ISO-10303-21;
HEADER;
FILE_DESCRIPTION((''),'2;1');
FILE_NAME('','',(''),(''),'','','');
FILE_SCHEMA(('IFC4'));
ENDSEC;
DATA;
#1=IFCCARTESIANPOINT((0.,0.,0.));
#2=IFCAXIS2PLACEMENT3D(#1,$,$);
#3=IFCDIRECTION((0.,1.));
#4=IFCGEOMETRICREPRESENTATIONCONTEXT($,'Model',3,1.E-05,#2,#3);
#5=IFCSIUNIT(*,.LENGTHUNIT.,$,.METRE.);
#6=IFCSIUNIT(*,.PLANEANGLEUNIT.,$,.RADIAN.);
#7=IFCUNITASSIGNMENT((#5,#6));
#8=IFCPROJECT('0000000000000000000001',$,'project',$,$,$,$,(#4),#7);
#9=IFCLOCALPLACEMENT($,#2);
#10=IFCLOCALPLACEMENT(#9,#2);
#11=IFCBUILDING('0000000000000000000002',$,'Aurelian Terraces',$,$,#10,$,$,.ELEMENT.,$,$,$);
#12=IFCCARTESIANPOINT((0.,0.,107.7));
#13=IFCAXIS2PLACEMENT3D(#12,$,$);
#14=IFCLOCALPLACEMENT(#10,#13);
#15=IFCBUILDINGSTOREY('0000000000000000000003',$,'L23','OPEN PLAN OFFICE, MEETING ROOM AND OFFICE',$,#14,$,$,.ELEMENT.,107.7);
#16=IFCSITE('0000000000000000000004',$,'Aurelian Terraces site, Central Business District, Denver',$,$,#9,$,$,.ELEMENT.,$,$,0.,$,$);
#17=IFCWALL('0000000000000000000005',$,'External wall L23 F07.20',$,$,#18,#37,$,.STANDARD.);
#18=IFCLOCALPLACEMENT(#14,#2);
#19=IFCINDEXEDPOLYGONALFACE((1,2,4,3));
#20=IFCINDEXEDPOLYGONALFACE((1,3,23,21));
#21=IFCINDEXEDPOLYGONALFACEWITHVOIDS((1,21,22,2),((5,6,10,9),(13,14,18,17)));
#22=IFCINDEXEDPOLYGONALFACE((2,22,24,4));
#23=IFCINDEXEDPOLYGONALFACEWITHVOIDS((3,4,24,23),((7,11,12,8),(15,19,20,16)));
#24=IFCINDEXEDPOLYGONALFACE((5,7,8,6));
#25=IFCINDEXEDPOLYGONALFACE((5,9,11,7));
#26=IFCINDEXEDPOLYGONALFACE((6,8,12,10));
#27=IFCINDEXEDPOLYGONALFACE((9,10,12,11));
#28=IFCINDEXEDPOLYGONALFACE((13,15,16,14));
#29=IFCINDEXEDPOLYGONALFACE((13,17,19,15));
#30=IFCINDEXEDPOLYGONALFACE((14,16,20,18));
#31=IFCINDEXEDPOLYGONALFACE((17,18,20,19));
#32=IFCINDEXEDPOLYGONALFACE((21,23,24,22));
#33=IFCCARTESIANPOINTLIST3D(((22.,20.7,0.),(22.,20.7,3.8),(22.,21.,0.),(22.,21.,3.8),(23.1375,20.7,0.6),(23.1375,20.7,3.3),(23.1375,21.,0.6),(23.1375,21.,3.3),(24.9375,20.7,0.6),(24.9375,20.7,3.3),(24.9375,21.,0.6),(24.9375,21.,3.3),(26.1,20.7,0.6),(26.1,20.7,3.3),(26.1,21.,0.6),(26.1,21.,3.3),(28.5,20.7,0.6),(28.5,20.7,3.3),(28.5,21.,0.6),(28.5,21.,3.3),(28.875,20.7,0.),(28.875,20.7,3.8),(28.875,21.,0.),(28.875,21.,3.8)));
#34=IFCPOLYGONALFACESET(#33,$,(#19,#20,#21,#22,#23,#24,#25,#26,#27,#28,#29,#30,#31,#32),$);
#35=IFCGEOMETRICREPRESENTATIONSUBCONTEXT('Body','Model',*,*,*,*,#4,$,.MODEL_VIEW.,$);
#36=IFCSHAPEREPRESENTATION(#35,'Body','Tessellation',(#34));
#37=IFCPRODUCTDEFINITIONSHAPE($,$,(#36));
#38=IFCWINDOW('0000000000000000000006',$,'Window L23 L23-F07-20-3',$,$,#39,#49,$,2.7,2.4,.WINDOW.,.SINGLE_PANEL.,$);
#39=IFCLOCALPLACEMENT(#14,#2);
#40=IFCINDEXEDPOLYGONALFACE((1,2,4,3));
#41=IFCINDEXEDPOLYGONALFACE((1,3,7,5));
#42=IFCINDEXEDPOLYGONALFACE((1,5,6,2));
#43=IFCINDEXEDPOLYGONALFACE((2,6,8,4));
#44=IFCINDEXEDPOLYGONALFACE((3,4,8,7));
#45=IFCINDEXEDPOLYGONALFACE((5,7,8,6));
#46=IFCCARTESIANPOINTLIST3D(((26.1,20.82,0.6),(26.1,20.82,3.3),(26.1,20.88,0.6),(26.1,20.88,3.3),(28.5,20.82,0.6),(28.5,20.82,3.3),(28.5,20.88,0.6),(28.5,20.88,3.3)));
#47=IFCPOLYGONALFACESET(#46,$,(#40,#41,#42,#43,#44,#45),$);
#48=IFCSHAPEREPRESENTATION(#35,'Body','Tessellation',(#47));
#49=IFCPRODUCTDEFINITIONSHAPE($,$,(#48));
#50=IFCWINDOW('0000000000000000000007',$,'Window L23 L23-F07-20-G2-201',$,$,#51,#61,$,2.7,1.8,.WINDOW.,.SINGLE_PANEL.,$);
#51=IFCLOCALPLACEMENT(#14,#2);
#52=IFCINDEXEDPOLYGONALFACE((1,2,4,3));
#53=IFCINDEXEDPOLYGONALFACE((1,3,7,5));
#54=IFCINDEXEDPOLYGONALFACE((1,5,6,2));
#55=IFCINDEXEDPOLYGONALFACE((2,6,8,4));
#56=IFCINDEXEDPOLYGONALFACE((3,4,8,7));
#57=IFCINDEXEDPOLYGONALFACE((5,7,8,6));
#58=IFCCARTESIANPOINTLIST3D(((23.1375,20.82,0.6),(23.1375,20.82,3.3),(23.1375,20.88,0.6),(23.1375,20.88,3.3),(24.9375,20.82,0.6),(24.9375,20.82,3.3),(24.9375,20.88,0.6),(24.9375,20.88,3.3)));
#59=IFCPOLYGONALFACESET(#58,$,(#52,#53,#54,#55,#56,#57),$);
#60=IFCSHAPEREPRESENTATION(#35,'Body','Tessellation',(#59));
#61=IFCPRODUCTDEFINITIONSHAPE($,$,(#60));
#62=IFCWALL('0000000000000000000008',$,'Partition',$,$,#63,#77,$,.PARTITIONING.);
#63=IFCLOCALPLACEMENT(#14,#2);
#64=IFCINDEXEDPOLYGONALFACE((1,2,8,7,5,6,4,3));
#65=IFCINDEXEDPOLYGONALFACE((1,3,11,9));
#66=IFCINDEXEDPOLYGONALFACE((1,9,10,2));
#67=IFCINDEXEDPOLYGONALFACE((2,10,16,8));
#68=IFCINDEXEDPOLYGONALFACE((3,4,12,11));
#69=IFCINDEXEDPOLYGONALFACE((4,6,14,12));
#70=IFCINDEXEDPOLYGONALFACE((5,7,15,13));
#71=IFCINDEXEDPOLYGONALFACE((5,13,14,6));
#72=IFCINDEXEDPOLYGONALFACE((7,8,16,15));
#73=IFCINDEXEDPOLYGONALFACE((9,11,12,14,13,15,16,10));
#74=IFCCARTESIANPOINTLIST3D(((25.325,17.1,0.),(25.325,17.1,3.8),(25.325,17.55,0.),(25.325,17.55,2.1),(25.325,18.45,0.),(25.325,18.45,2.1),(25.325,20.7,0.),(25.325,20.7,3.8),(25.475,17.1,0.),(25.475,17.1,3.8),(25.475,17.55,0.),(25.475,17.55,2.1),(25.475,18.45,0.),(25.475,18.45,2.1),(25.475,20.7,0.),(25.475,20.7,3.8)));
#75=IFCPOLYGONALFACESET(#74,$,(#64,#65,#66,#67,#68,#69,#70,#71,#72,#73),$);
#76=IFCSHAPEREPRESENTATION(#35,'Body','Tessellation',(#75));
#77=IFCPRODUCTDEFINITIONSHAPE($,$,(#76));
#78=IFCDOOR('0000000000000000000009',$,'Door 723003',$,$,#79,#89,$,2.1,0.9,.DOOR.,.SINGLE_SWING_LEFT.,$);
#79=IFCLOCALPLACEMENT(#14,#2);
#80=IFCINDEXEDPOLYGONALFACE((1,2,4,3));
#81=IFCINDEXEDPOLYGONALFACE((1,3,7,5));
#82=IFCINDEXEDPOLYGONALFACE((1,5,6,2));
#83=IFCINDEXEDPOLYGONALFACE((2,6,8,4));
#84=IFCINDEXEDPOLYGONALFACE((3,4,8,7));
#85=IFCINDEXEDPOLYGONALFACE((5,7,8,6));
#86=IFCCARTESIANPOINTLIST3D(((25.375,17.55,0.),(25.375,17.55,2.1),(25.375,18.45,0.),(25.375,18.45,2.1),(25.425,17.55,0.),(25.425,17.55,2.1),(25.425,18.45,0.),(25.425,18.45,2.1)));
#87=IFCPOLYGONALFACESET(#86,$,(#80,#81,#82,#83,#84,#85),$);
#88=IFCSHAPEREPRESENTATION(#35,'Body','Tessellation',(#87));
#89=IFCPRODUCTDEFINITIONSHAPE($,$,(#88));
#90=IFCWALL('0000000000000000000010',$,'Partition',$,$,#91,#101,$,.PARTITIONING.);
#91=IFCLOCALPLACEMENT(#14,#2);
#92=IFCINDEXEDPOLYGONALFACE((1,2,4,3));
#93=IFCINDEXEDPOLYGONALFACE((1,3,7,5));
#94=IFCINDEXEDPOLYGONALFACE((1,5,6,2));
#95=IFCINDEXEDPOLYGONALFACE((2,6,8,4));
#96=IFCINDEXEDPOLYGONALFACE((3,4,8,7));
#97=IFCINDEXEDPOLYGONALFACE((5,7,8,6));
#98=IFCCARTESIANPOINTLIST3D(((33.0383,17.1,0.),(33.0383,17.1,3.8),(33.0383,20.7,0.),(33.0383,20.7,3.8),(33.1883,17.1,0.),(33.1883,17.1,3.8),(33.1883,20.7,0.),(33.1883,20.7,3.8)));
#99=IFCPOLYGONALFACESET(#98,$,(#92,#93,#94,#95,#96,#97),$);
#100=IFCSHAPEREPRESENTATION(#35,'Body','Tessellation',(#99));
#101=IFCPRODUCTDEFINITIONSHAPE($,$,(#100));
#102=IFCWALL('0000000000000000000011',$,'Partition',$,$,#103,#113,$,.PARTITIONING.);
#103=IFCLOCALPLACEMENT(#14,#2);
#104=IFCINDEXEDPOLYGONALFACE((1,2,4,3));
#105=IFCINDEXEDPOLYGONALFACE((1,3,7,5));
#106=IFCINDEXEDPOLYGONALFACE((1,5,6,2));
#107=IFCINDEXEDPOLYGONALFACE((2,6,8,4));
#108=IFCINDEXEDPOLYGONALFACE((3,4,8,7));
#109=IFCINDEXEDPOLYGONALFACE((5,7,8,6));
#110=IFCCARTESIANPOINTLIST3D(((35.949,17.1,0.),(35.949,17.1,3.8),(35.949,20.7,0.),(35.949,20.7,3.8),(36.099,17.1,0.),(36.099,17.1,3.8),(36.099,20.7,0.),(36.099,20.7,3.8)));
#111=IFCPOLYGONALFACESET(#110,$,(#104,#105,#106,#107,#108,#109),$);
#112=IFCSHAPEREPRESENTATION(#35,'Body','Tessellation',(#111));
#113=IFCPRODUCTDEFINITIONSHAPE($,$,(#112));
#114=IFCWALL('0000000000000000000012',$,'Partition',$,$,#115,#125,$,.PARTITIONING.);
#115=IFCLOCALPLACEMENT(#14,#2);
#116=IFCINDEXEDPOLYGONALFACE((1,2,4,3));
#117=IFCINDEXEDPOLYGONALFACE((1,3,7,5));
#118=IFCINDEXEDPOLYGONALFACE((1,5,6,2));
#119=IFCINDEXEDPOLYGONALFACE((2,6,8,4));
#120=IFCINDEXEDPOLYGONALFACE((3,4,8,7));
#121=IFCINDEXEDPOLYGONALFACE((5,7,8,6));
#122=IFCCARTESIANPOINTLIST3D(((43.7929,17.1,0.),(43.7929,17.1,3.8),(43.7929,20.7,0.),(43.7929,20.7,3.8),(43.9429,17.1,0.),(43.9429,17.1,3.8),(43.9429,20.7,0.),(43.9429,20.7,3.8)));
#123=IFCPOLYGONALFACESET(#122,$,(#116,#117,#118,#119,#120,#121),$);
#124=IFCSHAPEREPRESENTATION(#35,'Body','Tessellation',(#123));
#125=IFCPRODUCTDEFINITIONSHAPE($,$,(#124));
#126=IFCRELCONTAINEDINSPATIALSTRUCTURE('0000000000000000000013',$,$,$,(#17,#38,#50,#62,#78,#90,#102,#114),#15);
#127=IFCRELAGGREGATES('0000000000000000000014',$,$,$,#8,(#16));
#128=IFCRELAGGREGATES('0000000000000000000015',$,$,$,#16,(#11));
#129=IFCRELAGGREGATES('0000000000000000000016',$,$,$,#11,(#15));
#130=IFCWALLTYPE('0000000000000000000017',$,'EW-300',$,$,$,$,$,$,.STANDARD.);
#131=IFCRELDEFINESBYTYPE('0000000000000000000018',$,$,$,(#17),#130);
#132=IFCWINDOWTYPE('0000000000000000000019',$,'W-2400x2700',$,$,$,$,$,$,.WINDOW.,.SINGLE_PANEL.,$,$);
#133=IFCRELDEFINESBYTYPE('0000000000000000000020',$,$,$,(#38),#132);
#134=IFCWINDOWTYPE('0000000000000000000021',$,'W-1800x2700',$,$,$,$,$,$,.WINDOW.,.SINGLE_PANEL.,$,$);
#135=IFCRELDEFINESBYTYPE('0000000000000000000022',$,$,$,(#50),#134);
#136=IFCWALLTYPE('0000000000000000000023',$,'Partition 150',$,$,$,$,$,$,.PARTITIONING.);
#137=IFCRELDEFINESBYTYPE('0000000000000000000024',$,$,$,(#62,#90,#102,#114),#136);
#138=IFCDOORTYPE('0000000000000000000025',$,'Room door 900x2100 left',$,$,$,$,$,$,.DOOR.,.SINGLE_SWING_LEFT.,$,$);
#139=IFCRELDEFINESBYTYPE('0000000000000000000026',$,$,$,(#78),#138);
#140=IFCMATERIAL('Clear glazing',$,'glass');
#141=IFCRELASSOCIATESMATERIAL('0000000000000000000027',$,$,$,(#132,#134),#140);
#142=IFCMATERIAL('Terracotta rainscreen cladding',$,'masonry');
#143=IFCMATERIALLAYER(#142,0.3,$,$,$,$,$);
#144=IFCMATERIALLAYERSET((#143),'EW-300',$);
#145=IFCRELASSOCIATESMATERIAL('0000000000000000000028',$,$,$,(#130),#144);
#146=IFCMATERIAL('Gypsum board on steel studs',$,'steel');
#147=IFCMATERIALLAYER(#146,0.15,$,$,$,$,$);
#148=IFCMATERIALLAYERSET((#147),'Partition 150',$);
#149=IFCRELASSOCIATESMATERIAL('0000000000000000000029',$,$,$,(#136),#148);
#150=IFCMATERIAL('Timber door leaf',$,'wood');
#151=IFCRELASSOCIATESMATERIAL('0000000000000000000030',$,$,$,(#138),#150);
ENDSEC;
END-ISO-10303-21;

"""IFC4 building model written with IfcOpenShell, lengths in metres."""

from ifc_helpers import new_model, si_unit, direction, frame, frame_2d, origin, place, context, subcontext, project, spatial, rectangle, extrude, source, transform, mapped, material, layer, layer_set, type_object, element, fill, save


model = new_model("IFC4")

# Units and contexts
model_context = context("Model", 3, precision=1e-05, world=origin(), true_north=direction((0.0, 1.0)))
body_context = subcontext(model_context, "Body", "Model", "MODEL_VIEW")
ifc_project = project(units=[si_unit("LENGTHUNIT", "METRE"), si_unit("PLANEANGLEUNIT", "RADIAN")], contexts=[model_context])

# Site, building, storey
site_placement = place(None, origin())
site = spatial("IfcSite", under=ifc_project, at=site_placement, Name="Aurelian Terraces site, Central Business District, Denver", CompositionType="ELEMENT", RefElevation=0.0)
building_placement = place(site_placement, origin())
building = spatial("IfcBuilding", under=site, at=building_placement, Name="Aurelian Terraces", CompositionType="ELEMENT")
storey_placement = place(building_placement, frame((0.0, 0.0, 107.7)))
storey = spatial("IfcBuildingStorey", under=building, at=storey_placement, Name="L23", Description="OPEN PLAN OFFICE, MEETING ROOM AND OFFICE", CompositionType="ELEMENT", Elevation=107.7)

# Shared definitions
ifc_material_1 = material(Name="Clear glazing", Category="glass")
window_type_1 = type_object("IfcWindowType", Name="W-2400x2700", PartitioningType="SINGLE_PANEL", PredefinedType="WINDOW", material=ifc_material_1)
shared_shape_1 = source(origin(), body_context, "Body", "SweptSolid", [
    extrude(rectangle(XDim=2.4, YDim=2.7, at=frame_2d((1.2, 1.35))), frame((0.0, 0.03, 0.0), z_axis=(0.0, -1.0, 0.0), x_axis=(1.0, 0.0, 0.0)), (0.0, 0.0, 1.0), 0.06),
])

# Shared definitions
ifc_material_2 = material(Name="Terracotta rainscreen cladding", Category="masonry")
ifc_layer_1 = layer(ifc_material_2, 0.3)
ifc_layer_set_1 = layer_set([ifc_layer_1], Name="EW-300")
wall_type_1 = type_object("IfcWallType", Name="EW-300", PredefinedType="STANDARD", material=ifc_layer_set_1)
ifc_material_3 = material(Name="Timber door leaf", Category="wood")

# Wall, openings, windows
shared_shape_2 = source(origin(), body_context, "Body", "SweptSolid", [
    extrude(rectangle(XDim=6.875, YDim=0.3, at=frame_2d((3.4375, 0.0))), origin(), (0.0, 0.0, 1.0), 3.8),
])
wall_1_placement = place(storey_placement, frame((28.875, 20.85, 0.0), z_axis=(0.0, 0.0, 1.0), x_axis=(-1.0, 0.0, 0.0)))
wall_1 = element("IfcWall", 1, at=wall_1_placement, inside=storey, type_object=wall_type_1, Name="External wall L23 F07.20", PredefinedType="STANDARD", context=body_context, shape_type="MappedRepresentation", body=[
    mapped(shared_shape_2, transform((0.0, 0.0, 0.0), scale=1.0)),
])
shared_shape_3 = source(origin(), body_context, "Body", "SweptSolid", [
    extrude(rectangle(XDim=2.4, YDim=2.7, at=frame_2d((1.2, 1.35))), frame((0.0, 0.16, 0.0), z_axis=(0.0, -1.0, 0.0), x_axis=(1.0, 0.0, 0.0)), (0.0, 0.0, 1.0), 0.32),
])
opening_1_placement = place(wall_1_placement, frame((0.375, 0.0, 0.6)))
opening_1 = element("IfcOpeningElement", 2, at=opening_1_placement, cuts=wall_1, PredefinedType="OPENING", context=body_context, shape_type="MappedRepresentation", body=[
    mapped(shared_shape_3, transform((0.0, 0.0, 0.0), scale=1.0)),
])
shared_shape_4 = source(origin(), body_context, "Body", "SweptSolid", [
    extrude(rectangle(XDim=1.8, YDim=2.7, at=frame_2d((0.9, 1.35))), frame((0.0, 0.16, 0.0), z_axis=(0.0, -1.0, 0.0), x_axis=(1.0, 0.0, 0.0)), (0.0, 0.0, 1.0), 0.32),
])
opening_2_placement = place(wall_1_placement, frame((3.9375, 0.0, 0.6)))
opening_2 = element("IfcOpeningElement", 3, at=opening_2_placement, cuts=wall_1, PredefinedType="OPENING", context=body_context, shape_type="MappedRepresentation", body=[
    mapped(shared_shape_4, transform((0.0, 0.0, 0.0), scale=1.0)),
])
window_1_placement = place(opening_1_placement, origin())
window_1 = element("IfcWindow", 4, at=window_1_placement, inside=storey, type_object=window_type_1, Name="Window L23 L23-F07-20-3", OverallHeight=2.7, OverallWidth=2.4, PartitioningType="SINGLE_PANEL", PredefinedType="WINDOW", context=body_context, shape_type="MappedRepresentation", body=[
    mapped(shared_shape_1, transform((0.0, 0.0, 0.0), scale=1.0)),
])
fill(opening_1, window_1)
window_type_2 = type_object("IfcWindowType", Name="W-1800x2700", PartitioningType="SINGLE_PANEL", PredefinedType="WINDOW", material=ifc_material_1)
shared_shape_5 = source(origin(), body_context, "Body", "SweptSolid", [
    extrude(rectangle(XDim=1.8, YDim=2.7, at=frame_2d((0.9, 1.35))), frame((0.0, 0.03, 0.0), z_axis=(0.0, -1.0, 0.0), x_axis=(1.0, 0.0, 0.0)), (0.0, 0.0, 1.0), 0.06),
])
window_2_placement = place(opening_2_placement, origin())
window_2 = element("IfcWindow", 5, at=window_2_placement, inside=storey, type_object=window_type_2, Name="Window L23 L23-F07-20-G2-201", OverallHeight=2.7, OverallWidth=1.8, PartitioningType="SINGLE_PANEL", PredefinedType="WINDOW", context=body_context, shape_type="MappedRepresentation", body=[
    mapped(shared_shape_5, transform((0.0, 0.0, 0.0), scale=1.0)),
])
fill(opening_2, window_2)

# Wall, opening, door
ifc_material_4 = material(Name="Gypsum board on steel studs", Category="steel")
ifc_layer_2 = layer(ifc_material_4, 0.15)
ifc_layer_set_2 = layer_set([ifc_layer_2], Name="Partition 150")
wall_type_2 = type_object("IfcWallType", Name="Partition 150", PredefinedType="PARTITIONING", material=ifc_layer_set_2)
shared_shape_6 = source(origin(), body_context, "Body", "SweptSolid", [
    extrude(rectangle(XDim=3.6, YDim=0.15, at=frame_2d((1.8, 0.0))), origin(), (0.0, 0.0, 1.0), 3.8),
])
wall_2_placement = place(storey_placement, frame((25.4, 20.7, 0.0), z_axis=(0.0, 0.0, 1.0), x_axis=(0.0, -1.0, 0.0)))
wall_2 = element("IfcWall", 6, at=wall_2_placement, inside=storey, type_object=wall_type_2, Name="Partition", PredefinedType="PARTITIONING", context=body_context, shape_type="MappedRepresentation", body=[
    mapped(shared_shape_6, transform((0.0, 0.0, 0.0), scale=1.0)),
])
shared_shape_7 = source(origin(), body_context, "Body", "SweptSolid", [
    extrude(rectangle(XDim=0.9, YDim=2.1, at=frame_2d((0.45, 1.05))), frame((0.0, 0.085, 0.0), z_axis=(0.0, -1.0, 0.0), x_axis=(1.0, 0.0, 0.0)), (0.0, 0.0, 1.0), 0.17),
])
opening_3_placement = place(wall_2_placement, frame((2.25, 0.0, 0.0)))
opening_3 = element("IfcOpeningElement", 7, at=opening_3_placement, cuts=wall_2, PredefinedType="OPENING", context=body_context, shape_type="MappedRepresentation", body=[
    mapped(shared_shape_7, transform((0.0, 0.0, 0.0), scale=1.0)),
])
door_type_1 = type_object("IfcDoorType", Name="Room door 900x2100 left", OperationType="SINGLE_SWING_LEFT", PredefinedType="DOOR", material=ifc_material_3)
shared_shape_8 = source(origin(), body_context, "Body", "SweptSolid", [
    extrude(rectangle(XDim=0.9, YDim=2.1, at=frame_2d((0.45, 1.05))), frame((0.0, 0.025, 0.0), z_axis=(0.0, -1.0, 0.0), x_axis=(1.0, 0.0, 0.0)), (0.0, 0.0, 1.0), 0.05),
])
door_1_placement = place(opening_3_placement, origin())
door_1 = element("IfcDoor", 8, at=door_1_placement, inside=storey, type_object=door_type_1, Name="Door 723003", OperationType="SINGLE_SWING_LEFT", OverallHeight=2.1, OverallWidth=0.9, PredefinedType="DOOR", context=body_context, shape_type="MappedRepresentation", body=[
    mapped(shared_shape_8, transform((0.0, 0.0, 0.0), scale=1.0)),
])
fill(opening_3, door_1)

# Walls
for number, where, z_axis, x_axis, name in (
    (9, (33.1133, 20.7, 0.0), (0.0, 0.0, 1.0), (0.0, -1.0, 0.0), "Partition"),
    (10, (36.024, 20.7, 0.0), (0.0, 0.0, 1.0), (0.0, -1.0, 0.0), "Partition"),
    (11, (43.8679, 20.7, 0.0), (0.0, 0.0, 1.0), (0.0, -1.0, 0.0), "Partition"),
):
    element("IfcWall", number, at=place(storey_placement, frame(where, z_axis=z_axis, x_axis=x_axis)), inside=storey, type_object=wall_type_2, Name=name, PredefinedType="PARTITIONING", context=body_context, shape_type="MappedRepresentation", body=[
        mapped(shared_shape_6, transform((0.0, 0.0, 0.0), scale=1.0)),
    ])

save(model, "model.ifc")
